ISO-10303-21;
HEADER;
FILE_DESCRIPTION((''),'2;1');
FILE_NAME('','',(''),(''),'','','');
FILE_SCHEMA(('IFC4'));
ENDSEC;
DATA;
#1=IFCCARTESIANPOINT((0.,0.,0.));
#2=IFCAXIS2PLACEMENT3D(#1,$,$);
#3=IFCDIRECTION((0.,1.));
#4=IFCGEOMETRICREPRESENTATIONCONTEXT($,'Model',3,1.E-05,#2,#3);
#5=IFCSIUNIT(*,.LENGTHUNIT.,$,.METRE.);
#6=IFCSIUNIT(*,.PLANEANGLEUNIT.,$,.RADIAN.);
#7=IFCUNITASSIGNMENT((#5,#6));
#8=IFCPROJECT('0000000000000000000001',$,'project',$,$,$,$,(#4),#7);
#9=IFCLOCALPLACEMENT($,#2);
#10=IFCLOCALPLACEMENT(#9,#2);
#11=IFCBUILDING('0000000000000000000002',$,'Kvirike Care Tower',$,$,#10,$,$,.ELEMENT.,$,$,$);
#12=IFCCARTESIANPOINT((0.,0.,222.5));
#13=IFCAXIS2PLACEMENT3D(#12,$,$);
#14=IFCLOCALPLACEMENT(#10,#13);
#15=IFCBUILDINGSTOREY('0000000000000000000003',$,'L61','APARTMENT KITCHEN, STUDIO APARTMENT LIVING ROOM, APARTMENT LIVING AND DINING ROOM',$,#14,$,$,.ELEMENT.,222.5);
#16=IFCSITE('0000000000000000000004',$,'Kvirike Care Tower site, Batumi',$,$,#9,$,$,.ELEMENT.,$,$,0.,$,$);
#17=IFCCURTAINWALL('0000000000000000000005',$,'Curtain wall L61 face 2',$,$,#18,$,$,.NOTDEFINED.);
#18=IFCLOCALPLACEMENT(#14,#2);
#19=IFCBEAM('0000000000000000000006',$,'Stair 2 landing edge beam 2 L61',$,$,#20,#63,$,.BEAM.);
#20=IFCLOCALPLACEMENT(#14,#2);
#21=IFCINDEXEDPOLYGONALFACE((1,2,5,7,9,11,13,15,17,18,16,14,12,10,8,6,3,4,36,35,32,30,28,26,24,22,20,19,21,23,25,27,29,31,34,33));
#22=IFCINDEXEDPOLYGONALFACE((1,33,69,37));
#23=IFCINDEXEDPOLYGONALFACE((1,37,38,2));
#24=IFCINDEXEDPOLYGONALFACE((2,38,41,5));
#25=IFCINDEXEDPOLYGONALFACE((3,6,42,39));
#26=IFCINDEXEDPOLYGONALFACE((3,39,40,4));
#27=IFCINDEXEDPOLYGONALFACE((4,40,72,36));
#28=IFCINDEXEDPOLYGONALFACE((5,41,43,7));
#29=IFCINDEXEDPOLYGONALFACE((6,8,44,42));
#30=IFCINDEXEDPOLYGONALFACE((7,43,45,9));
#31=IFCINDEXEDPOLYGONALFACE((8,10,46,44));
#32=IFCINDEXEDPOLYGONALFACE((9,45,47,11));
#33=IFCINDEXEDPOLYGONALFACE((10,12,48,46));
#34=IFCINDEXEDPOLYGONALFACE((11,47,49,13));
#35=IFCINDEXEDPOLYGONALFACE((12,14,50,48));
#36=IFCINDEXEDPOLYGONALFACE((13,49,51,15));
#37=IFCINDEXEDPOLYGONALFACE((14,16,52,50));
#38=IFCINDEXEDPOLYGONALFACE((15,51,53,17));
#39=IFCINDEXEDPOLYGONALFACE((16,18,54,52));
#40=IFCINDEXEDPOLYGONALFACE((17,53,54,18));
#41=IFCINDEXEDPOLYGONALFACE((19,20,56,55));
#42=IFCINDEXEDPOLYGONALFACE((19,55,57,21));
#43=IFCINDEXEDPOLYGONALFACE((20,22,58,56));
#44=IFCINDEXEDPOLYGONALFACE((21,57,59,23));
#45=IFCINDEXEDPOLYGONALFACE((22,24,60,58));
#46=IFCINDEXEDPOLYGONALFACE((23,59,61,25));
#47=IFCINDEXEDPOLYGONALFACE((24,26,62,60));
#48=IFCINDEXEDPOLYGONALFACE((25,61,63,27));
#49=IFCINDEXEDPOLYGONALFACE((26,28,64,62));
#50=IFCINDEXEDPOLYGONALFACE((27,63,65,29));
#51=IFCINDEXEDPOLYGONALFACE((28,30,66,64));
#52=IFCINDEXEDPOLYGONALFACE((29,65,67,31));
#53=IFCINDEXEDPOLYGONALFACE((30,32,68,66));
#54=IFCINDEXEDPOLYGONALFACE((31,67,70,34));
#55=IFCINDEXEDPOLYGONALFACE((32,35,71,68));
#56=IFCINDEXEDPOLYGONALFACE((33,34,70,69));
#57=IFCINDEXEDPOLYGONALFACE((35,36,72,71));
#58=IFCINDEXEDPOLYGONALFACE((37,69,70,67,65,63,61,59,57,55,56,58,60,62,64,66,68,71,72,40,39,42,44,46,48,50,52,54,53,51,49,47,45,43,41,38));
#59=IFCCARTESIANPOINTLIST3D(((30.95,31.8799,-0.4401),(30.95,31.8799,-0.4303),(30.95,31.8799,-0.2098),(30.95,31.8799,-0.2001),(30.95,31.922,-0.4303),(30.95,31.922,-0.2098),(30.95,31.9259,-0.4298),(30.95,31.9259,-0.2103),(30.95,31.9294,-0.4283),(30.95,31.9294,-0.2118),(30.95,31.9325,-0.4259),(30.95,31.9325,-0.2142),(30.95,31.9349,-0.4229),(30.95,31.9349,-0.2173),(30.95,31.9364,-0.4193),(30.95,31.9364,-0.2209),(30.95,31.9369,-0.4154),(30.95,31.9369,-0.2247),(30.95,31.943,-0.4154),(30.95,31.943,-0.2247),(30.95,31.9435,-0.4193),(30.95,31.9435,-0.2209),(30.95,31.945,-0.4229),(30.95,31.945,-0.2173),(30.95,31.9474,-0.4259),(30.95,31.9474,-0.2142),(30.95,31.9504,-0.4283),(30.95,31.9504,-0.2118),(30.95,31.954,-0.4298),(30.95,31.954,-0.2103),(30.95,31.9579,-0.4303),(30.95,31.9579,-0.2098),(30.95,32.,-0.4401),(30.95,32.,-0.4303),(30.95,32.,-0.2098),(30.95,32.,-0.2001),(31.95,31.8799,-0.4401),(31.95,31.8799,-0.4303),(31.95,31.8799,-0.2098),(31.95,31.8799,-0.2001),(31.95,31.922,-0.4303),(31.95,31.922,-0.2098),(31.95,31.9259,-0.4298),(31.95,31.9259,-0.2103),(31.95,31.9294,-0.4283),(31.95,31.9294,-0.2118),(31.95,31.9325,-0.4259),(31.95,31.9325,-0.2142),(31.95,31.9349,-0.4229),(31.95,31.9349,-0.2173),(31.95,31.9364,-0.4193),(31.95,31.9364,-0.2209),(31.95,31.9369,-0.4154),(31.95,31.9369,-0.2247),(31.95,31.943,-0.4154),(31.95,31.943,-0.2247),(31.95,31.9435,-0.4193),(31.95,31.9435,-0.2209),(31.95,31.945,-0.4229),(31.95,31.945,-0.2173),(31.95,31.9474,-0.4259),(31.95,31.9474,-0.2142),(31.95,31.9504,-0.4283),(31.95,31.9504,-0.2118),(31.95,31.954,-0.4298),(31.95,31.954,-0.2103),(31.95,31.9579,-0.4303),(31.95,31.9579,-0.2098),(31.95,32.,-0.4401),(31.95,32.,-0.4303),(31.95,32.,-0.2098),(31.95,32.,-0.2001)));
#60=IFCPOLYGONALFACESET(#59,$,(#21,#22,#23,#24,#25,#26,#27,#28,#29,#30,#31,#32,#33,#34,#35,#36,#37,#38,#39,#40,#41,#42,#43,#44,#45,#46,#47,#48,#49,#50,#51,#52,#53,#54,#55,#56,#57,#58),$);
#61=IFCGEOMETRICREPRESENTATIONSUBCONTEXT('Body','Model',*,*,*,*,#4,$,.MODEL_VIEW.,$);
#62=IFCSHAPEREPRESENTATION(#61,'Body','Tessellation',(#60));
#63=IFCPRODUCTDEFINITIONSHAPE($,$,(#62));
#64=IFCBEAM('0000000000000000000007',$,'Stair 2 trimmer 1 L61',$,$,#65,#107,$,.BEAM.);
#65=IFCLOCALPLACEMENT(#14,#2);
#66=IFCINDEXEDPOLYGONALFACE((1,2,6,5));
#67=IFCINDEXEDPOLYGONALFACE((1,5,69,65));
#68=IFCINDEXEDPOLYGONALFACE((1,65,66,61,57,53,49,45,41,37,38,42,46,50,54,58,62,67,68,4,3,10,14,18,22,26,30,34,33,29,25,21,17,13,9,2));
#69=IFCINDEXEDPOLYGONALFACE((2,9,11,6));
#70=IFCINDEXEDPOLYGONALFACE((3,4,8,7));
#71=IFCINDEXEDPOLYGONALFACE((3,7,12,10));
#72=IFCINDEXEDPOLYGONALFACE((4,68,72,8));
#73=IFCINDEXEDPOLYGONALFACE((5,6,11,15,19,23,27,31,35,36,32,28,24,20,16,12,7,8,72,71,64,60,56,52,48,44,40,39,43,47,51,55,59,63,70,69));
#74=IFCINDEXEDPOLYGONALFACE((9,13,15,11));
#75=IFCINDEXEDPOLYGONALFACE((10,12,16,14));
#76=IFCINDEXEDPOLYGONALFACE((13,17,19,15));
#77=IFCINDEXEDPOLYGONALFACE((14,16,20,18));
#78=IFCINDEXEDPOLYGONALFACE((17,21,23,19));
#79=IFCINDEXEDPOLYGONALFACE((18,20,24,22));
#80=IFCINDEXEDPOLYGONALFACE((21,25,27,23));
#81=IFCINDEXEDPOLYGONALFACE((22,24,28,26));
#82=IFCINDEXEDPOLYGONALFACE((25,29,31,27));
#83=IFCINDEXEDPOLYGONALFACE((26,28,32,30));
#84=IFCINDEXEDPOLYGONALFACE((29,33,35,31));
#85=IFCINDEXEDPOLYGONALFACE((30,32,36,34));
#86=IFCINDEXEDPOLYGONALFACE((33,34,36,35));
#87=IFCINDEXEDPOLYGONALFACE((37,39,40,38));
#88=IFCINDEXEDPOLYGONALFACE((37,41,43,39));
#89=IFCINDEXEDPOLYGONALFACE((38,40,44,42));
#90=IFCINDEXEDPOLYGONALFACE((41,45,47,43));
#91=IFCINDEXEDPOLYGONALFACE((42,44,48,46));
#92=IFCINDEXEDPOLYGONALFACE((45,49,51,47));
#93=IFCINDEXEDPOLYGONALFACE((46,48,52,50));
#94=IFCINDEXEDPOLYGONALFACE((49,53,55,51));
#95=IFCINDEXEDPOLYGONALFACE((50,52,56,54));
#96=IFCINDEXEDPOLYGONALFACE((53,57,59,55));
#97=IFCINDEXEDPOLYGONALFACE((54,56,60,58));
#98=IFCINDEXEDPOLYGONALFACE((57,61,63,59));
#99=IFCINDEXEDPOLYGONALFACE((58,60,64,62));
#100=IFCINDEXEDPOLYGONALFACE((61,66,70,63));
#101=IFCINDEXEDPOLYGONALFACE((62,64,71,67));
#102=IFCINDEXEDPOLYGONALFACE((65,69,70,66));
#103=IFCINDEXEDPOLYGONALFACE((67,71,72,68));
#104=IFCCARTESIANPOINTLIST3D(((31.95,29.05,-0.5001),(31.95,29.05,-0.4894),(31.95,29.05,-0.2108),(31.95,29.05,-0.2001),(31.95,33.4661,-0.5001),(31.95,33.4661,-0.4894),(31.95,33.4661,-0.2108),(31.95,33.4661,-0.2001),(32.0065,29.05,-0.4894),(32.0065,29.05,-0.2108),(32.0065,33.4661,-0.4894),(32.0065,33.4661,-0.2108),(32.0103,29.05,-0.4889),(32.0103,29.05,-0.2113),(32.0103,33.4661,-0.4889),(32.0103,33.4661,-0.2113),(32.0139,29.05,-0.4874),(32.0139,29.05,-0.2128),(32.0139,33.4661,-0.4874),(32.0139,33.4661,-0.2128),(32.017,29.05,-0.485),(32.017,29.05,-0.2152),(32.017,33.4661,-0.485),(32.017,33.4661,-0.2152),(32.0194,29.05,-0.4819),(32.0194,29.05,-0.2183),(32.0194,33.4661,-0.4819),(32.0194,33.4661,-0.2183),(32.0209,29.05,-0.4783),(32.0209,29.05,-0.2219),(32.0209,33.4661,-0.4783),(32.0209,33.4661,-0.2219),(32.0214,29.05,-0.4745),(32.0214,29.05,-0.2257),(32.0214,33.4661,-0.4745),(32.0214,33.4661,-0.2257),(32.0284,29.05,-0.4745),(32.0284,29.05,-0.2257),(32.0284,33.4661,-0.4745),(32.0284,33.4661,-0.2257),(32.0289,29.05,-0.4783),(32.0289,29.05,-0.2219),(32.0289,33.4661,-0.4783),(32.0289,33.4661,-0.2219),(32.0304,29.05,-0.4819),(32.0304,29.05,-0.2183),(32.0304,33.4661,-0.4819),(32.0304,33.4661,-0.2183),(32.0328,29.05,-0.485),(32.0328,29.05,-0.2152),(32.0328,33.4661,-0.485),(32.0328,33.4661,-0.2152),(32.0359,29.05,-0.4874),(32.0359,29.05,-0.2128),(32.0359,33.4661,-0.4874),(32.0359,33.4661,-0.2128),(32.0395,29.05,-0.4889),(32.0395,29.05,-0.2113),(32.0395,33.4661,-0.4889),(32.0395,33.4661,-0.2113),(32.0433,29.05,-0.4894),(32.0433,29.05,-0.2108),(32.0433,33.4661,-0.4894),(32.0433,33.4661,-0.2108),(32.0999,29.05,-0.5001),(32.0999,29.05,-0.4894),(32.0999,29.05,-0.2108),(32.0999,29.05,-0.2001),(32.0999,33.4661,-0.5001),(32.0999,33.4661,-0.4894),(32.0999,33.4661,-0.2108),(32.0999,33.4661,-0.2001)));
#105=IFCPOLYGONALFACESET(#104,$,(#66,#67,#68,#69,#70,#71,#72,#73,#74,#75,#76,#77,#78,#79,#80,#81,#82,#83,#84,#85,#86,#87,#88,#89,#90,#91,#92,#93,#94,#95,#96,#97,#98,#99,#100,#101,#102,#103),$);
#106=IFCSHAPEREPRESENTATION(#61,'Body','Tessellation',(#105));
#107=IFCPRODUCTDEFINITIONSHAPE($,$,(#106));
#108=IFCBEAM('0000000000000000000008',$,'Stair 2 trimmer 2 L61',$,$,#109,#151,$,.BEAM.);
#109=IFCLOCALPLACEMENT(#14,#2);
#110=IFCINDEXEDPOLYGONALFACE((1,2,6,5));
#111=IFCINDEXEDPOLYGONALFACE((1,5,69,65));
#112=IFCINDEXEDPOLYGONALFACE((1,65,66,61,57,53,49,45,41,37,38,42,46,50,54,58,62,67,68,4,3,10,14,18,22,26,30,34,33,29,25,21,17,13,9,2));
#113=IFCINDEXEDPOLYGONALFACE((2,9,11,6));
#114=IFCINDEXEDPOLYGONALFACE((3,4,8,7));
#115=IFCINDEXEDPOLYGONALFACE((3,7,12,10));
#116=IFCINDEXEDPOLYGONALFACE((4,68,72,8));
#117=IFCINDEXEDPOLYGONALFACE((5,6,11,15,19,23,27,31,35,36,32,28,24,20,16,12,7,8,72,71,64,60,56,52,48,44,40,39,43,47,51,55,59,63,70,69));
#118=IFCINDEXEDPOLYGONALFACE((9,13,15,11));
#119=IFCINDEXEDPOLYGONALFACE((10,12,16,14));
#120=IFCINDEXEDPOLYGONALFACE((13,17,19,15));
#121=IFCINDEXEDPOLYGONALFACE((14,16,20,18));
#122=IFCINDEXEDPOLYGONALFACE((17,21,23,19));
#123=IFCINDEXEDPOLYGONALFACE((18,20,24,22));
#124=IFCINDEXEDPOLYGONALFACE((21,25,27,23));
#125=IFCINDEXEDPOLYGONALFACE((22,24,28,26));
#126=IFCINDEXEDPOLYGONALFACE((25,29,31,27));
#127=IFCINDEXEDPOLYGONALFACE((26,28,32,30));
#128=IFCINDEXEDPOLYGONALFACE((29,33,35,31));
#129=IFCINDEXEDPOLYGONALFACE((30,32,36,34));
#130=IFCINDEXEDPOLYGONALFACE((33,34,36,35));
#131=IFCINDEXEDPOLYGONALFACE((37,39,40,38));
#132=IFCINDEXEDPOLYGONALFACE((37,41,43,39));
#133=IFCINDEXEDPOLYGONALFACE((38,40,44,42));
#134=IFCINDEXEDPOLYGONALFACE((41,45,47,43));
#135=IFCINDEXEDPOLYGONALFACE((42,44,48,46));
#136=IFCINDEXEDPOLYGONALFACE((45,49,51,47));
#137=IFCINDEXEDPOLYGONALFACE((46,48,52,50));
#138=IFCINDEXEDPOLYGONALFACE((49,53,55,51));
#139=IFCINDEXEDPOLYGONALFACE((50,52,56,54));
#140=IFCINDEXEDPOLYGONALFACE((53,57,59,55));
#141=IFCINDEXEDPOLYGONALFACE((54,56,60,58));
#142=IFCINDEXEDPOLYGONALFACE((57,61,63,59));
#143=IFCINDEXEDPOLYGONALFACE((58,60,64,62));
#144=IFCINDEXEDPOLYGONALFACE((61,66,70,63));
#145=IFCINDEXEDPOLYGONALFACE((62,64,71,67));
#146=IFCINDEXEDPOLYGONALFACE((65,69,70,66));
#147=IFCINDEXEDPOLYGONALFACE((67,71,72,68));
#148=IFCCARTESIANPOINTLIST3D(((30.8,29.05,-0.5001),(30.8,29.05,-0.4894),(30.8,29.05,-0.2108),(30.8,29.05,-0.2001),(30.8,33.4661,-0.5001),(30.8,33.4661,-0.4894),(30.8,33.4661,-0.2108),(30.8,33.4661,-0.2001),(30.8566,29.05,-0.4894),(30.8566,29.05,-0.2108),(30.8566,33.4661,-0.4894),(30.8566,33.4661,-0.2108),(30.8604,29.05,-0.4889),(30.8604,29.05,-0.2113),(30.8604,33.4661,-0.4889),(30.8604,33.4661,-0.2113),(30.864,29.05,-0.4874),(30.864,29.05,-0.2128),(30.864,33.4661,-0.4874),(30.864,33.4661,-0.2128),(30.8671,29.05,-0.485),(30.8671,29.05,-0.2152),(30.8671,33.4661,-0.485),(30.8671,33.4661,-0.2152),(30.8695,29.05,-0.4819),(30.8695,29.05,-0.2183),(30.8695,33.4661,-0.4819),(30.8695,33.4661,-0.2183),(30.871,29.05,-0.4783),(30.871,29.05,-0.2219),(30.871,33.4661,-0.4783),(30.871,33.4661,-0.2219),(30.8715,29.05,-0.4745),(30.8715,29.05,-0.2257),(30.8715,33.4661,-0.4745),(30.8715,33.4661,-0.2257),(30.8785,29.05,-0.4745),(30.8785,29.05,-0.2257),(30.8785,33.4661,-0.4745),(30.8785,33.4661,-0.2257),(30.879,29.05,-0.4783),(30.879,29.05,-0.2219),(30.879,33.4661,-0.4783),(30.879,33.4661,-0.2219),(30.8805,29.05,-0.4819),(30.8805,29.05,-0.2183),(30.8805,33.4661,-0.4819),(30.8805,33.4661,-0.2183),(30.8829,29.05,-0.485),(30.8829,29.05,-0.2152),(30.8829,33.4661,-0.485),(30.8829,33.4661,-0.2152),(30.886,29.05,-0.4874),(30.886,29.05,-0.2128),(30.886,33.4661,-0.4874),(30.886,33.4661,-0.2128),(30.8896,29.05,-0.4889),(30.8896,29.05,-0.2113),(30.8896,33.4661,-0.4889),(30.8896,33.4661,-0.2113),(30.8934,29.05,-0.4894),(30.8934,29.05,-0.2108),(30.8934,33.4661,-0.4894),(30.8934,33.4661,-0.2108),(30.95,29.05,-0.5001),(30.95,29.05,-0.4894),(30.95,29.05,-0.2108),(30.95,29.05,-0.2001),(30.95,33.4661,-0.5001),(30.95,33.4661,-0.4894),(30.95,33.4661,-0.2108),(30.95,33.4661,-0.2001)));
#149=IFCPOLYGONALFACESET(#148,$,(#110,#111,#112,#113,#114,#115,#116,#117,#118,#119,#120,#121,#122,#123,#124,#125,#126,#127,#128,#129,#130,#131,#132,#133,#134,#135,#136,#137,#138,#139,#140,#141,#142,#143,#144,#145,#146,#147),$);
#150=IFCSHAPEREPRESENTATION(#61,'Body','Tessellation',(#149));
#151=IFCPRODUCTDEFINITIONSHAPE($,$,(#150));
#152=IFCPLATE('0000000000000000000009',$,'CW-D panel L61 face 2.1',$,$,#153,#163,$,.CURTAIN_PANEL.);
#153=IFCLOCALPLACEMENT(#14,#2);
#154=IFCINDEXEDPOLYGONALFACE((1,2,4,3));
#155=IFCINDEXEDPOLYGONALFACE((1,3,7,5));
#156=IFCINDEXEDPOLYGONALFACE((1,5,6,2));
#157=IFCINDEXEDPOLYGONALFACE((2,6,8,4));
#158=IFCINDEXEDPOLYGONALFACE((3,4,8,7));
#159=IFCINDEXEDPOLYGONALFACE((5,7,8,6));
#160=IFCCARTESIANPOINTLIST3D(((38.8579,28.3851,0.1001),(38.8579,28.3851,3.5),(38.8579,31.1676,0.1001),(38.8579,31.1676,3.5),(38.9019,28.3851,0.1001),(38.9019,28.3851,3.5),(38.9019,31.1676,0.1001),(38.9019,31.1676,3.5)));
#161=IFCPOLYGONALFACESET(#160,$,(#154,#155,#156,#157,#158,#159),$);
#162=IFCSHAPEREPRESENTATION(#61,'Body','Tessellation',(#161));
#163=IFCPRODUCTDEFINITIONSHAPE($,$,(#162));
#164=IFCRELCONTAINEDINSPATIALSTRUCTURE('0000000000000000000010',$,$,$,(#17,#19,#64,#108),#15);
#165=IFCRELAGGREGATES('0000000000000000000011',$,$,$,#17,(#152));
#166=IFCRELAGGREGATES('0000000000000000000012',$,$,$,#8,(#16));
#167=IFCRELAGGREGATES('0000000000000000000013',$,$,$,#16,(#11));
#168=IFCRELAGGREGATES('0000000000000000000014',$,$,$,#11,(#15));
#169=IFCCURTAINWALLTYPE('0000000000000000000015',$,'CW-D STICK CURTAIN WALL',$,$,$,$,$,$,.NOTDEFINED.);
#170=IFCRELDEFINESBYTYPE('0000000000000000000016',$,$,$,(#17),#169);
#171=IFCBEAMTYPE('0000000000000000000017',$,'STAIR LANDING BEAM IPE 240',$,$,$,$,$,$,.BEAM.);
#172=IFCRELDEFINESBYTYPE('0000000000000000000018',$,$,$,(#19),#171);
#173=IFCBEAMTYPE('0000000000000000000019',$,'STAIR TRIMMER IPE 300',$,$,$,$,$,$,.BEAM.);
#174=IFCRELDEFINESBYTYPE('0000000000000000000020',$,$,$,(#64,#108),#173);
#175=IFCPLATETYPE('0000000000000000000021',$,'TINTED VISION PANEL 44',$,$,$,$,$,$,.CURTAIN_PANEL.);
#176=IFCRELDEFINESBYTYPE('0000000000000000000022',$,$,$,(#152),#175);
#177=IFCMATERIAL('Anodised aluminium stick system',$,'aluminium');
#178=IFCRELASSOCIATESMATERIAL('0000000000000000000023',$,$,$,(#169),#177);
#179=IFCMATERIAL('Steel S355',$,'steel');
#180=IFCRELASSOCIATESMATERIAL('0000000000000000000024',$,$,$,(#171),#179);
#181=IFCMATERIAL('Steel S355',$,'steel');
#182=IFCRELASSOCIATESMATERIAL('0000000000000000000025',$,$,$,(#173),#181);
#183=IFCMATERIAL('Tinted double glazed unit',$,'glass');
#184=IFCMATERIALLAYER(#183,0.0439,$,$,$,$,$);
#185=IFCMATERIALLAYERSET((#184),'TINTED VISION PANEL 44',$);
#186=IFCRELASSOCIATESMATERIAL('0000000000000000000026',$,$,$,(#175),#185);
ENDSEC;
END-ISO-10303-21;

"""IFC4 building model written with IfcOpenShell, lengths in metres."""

from ifc_helpers import new_model, si_unit, direction, frame, origin, origin_2d, place, context, subcontext, project, spatial, rectangle, i_section, extrude, material, layer, layer_set, material_profile, profile_set, type_object, element, aggregate, save


model = new_model("IFC4")

# Units and contexts
model_context = context("Model", 3, precision=1e-05, world=origin(), true_north=direction((0.0, 1.0)))
body_context = subcontext(model_context, "Body", "Model", "MODEL_VIEW")
ifc_project = project(units=[si_unit("LENGTHUNIT", "METRE"), si_unit("PLANEANGLEUNIT", "RADIAN")], contexts=[model_context])

# Site, building, storey
site_placement = place(None, origin())
site = spatial("IfcSite", under=ifc_project, at=site_placement, Name="Kvirike Care Tower site, Batumi", CompositionType="ELEMENT", RefElevation=0.0)
building_placement = place(site_placement, origin())
building = spatial("IfcBuilding", under=site, at=building_placement, Name="Kvirike Care Tower", CompositionType="ELEMENT")
storey_placement = place(building_placement, frame((0.0, 0.0, 222.5)))
storey = spatial("IfcBuildingStorey", under=building, at=storey_placement, Name="L61", Description="APARTMENT KITCHEN, STUDIO APARTMENT LIVING ROOM, APARTMENT LIVING AND DINING ROOM", CompositionType="ELEMENT", Elevation=222.5)

# Shared definitions
ifc_material_1 = material(Name="Anodised aluminium stick system", Category="aluminium")
curtain_wall_type = type_object("IfcCurtainWallType", Name="CW-D STICK CURTAIN WALL", PredefinedType="NOTDEFINED", material=ifc_material_1)

# Curtain wall
curtain_wall_1_placement = place(storey_placement, origin())
curtain_wall_1 = element("IfcCurtainWall", 1, at=curtain_wall_1_placement, inside=storey, type_object=curtain_wall_type, Name="Curtain wall L61 face 2", PredefinedType="NOTDEFINED")

# Beams
ifc_material_2 = material(Name="Steel S355", Category="steel")
ifc_material_profile_1 = material_profile(ifc_material_2, i_section(OverallWidth=0.1201, OverallDepth=0.24, WebThickness=0.0061, FlangeThickness=0.0098, FilletRadius=0.0149, at=origin_2d()), Name="IPE 240")
ifc_profile_set_1 = profile_set([ifc_material_profile_1], Name="Steel S355")
beam_type_1 = type_object("IfcBeamType", Name="STAIR LANDING BEAM IPE 240", PredefinedType="BEAM", material=ifc_profile_set_1)
for number, where, z_axis, x_axis, name in (
    (2, (31.95, 31.9399, -0.3201), (-1.0, 0.0, 0.0), (0.0, -1.0, 0.0), "Stair 2 landing edge beam 2 L61"),
):
    element("IfcBeam", number, at=place(storey_placement, frame(where, z_axis=z_axis, x_axis=x_axis)), inside=storey, type_object=beam_type_1, Name=name, PredefinedType="BEAM", context=body_context, shape_type="SweptSolid", body=[
        extrude(i_section(OverallWidth=0.1201, OverallDepth=0.24, WebThickness=0.0061, FlangeThickness=0.0098, FilletRadius=0.0149, at=origin_2d()), origin(), (0.0, 0.0, 1.0), 1.0),
    ])
ifc_material_3 = material(Name="Steel S355", Category="steel")
ifc_material_profile_2 = material_profile(ifc_material_3, i_section(OverallWidth=0.1499, OverallDepth=0.3, WebThickness=0.0071, FlangeThickness=0.0107, FilletRadius=0.0149, at=origin_2d()), Name="IPE 300")
ifc_profile_set_2 = profile_set([ifc_material_profile_2], Name="Steel S355")
beam_type_2 = type_object("IfcBeamType", Name="STAIR TRIMMER IPE 300", PredefinedType="BEAM", material=ifc_profile_set_2)
for number, where, z_axis, x_axis, name in (
    (3, (32.0249, 29.05, -0.3501), (0.0, 1.0, 0.0), (-1.0, 0.0, 0.0), "Stair 2 trimmer 1 L61"),
    (4, (30.875, 29.05, -0.3501), (0.0, 1.0, 0.0), (-1.0, 0.0, 0.0), "Stair 2 trimmer 2 L61"),
):
    element("IfcBeam", number, at=place(storey_placement, frame(where, z_axis=z_axis, x_axis=x_axis)), inside=storey, type_object=beam_type_2, Name=name, PredefinedType="BEAM", context=body_context, shape_type="SweptSolid", body=[
        extrude(i_section(OverallWidth=0.1499, OverallDepth=0.3, WebThickness=0.0071, FlangeThickness=0.0107, FilletRadius=0.0149, at=origin_2d()), origin(), (0.0, 0.0, 1.0), 4.416),
    ])

# Plate
ifc_material_4 = material(Name="Tinted double glazed unit", Category="glass")
ifc_layer_1 = layer(ifc_material_4, 0.0439)
ifc_layer_set_1 = layer_set([ifc_layer_1], Name="TINTED VISION PANEL 44")
plate_type = type_object("IfcPlateType", Name="TINTED VISION PANEL 44", PredefinedType="CURTAIN_PANEL", material=ifc_layer_set_1)
plate_placement = place(storey_placement, frame((38.8799, 29.7764, 0.1001), z_axis=(0.0, 0.0, 1.0), x_axis=(0.0, 1.0, 0.0)))
plate = element("IfcPlate", 5, at=plate_placement, type_object=plate_type, Name="CW-D panel L61 face 2.1", PredefinedType="CURTAIN_PANEL", context=body_context, shape_type="SweptSolid", body=[
    extrude(rectangle(XDim=2.7825, YDim=0.0439, at=origin_2d()), origin(), (0.0, 0.0, 1.0), 3.3999),
])
aggregate(curtain_wall_1, [plate])

save(model, "model.ifc")
